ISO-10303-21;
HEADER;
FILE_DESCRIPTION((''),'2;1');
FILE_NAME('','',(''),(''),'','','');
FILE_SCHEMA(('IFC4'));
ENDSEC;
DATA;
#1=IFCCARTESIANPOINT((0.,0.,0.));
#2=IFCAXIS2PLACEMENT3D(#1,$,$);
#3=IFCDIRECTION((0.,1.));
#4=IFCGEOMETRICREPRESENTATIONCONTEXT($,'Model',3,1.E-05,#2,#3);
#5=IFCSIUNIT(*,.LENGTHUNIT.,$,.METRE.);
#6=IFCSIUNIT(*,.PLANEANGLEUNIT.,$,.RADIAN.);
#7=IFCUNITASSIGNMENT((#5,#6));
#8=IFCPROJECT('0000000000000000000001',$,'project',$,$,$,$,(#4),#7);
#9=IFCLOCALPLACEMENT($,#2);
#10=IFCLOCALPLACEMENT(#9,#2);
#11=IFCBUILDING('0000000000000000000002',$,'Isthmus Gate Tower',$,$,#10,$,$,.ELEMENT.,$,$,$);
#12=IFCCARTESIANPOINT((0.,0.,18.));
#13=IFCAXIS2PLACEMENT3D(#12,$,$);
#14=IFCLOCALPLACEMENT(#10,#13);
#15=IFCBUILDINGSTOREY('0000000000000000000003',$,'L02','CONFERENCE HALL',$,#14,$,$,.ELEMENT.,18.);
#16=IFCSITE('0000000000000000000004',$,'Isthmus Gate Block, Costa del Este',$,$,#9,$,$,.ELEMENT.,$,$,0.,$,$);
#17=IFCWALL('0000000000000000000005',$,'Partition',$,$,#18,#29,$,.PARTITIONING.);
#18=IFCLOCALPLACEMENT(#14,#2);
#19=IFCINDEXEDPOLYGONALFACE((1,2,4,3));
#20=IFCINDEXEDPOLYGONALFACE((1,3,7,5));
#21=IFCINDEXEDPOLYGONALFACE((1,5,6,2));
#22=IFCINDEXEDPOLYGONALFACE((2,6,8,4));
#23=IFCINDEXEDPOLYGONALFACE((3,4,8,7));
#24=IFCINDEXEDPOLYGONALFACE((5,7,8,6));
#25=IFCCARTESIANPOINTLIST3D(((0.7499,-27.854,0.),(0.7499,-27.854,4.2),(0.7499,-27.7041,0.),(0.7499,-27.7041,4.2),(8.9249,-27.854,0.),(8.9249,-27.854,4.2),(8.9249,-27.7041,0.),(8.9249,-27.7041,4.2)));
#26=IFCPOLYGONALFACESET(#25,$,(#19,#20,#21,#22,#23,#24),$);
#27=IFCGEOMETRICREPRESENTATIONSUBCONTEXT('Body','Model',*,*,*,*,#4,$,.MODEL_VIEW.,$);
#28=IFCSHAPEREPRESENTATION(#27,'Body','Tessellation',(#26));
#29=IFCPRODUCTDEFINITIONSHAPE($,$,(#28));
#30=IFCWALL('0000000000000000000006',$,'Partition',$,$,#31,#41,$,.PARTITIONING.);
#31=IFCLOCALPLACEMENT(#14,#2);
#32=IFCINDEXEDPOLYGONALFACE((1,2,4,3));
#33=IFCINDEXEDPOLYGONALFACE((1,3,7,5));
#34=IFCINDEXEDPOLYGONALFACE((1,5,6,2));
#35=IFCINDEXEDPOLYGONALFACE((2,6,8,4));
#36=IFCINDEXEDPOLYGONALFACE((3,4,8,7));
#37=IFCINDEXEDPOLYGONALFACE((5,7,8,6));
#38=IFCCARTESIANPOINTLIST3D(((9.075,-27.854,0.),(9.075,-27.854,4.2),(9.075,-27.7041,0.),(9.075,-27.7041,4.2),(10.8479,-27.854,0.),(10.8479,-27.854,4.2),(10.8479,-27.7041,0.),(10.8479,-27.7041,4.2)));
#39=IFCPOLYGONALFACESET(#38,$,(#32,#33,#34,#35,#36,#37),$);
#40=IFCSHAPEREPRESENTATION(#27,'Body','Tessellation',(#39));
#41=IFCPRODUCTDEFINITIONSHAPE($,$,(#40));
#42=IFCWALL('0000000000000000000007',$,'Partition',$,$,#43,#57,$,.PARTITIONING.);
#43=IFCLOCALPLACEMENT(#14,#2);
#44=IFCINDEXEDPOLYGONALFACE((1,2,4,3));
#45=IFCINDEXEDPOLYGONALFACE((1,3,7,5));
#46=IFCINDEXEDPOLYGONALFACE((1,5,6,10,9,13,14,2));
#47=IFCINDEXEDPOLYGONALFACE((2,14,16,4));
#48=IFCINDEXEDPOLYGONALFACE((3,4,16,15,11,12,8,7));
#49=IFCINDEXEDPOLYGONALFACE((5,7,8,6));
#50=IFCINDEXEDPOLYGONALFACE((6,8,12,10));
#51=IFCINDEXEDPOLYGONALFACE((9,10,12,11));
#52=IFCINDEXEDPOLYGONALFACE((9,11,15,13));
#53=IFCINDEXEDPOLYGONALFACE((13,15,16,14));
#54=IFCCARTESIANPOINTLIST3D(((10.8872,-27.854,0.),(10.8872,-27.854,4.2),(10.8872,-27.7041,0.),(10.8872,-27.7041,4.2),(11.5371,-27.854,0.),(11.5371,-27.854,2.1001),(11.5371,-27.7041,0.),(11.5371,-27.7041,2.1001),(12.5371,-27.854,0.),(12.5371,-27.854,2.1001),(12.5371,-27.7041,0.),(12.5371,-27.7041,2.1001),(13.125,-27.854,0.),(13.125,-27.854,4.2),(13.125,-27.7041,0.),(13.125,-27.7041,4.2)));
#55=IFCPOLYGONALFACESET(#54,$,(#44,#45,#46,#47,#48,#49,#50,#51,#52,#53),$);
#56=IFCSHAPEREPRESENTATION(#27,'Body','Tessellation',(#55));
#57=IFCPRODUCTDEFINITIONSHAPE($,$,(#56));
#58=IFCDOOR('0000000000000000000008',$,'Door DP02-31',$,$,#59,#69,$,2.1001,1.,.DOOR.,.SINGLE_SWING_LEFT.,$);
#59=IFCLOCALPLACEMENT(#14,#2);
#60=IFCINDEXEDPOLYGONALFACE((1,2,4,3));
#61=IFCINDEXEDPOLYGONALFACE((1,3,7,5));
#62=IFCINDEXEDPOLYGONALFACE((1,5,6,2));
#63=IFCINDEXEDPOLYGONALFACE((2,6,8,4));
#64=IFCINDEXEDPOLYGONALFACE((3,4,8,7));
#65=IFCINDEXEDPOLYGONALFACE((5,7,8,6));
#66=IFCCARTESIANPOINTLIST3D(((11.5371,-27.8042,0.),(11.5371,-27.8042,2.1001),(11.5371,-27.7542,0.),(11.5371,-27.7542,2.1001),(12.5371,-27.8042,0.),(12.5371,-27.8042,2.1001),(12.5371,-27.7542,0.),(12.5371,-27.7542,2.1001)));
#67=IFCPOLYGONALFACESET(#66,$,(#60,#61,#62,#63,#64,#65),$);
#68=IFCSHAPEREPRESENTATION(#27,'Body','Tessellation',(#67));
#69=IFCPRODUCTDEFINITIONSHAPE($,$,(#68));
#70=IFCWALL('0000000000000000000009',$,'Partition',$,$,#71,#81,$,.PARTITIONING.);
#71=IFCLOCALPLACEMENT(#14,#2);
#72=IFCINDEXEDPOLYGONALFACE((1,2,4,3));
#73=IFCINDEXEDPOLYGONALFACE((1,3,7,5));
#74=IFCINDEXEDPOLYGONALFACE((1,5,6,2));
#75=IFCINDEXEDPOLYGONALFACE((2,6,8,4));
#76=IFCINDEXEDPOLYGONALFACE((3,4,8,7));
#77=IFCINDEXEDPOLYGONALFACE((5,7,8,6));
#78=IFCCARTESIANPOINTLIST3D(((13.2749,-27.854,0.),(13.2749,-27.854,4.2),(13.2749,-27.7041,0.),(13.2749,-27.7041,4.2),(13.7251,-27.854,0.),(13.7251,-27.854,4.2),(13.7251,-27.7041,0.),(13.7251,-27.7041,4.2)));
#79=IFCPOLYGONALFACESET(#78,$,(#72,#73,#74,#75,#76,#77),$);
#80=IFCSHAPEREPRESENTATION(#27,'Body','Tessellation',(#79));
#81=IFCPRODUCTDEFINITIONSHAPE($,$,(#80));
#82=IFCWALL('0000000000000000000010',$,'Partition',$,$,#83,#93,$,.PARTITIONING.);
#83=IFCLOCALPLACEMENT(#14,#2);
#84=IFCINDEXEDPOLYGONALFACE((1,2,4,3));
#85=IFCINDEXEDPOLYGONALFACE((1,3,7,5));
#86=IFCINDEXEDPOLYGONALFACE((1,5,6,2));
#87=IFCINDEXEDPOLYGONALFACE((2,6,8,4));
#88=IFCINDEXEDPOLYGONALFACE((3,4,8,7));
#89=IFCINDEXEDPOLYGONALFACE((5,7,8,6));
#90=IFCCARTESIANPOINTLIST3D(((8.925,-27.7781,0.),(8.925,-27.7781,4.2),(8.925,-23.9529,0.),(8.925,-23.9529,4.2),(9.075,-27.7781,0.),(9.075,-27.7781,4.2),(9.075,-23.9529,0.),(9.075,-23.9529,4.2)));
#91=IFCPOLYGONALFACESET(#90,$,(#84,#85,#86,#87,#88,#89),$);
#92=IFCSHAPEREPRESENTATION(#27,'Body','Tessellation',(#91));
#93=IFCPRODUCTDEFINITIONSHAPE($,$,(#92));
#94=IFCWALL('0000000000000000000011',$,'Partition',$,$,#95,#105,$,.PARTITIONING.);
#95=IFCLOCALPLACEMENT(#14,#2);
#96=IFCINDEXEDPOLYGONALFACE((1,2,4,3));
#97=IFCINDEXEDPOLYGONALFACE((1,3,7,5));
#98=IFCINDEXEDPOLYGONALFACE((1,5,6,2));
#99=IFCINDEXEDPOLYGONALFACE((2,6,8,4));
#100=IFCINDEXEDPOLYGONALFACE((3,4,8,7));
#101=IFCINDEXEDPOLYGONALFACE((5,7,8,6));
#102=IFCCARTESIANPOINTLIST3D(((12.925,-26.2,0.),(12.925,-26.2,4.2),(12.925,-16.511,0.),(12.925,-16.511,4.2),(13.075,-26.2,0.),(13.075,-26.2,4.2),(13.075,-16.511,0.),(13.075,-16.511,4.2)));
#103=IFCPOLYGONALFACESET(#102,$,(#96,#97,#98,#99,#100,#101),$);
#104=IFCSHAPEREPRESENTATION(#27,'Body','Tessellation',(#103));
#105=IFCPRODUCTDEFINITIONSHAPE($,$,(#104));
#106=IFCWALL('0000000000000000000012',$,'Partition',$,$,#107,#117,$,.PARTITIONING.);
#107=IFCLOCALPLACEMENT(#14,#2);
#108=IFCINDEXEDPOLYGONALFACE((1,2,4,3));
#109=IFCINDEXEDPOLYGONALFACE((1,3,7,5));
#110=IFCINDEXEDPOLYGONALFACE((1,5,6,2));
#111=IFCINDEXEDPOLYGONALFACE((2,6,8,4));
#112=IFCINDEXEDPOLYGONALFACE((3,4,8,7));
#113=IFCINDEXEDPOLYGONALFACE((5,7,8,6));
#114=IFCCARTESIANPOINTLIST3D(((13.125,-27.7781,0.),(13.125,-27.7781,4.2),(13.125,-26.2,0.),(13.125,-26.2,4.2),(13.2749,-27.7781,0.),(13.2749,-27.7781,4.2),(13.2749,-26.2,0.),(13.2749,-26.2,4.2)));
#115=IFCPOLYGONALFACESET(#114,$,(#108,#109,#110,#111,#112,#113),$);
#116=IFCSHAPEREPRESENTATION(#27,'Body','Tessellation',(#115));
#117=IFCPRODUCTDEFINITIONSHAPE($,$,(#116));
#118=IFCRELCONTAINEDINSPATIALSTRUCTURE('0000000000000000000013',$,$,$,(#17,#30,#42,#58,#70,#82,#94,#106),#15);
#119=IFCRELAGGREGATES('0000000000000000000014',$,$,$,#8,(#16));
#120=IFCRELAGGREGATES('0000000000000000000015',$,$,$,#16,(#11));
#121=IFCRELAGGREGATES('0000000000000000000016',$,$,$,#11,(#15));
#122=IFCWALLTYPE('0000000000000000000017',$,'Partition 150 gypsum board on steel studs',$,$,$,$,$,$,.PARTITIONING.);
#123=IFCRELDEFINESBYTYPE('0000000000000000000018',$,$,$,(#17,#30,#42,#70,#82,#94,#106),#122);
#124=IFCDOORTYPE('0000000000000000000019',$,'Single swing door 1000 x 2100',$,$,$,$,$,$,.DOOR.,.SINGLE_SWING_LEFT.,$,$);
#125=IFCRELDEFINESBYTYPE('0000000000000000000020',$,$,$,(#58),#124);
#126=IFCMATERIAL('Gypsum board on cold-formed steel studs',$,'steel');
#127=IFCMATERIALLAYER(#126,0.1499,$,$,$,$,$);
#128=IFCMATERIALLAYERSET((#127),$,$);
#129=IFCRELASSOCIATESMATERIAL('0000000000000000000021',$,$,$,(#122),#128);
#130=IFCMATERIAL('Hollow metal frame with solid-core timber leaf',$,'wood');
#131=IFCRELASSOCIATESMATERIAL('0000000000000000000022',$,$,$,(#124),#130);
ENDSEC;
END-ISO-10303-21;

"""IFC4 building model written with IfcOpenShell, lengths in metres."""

from ifc_helpers import new_model, si_unit, direction, frame, frame_2d, origin, place, context, subcontext, project, spatial, rectangle, extrude, material, layer, layer_set, type_object, element, fill, save


model = new_model("IFC4")

# Units and contexts
model_context = context("Model", 3, precision=1e-05, world=origin(), true_north=direction((0.0, 1.0)))
body_context = subcontext(model_context, "Body", "Model", "MODEL_VIEW")
ifc_project = project(units=[si_unit("LENGTHUNIT", "METRE"), si_unit("PLANEANGLEUNIT", "RADIAN")], contexts=[model_context])

# Site, building, storey
site_placement = place(None, origin())
site = spatial("IfcSite", under=ifc_project, at=site_placement, Name="Isthmus Gate Block, Costa del Este", CompositionType="ELEMENT", RefElevation=0.0)
building_placement = place(site_placement, origin())
building = spatial("IfcBuilding", under=site, at=building_placement, Name="Isthmus Gate Tower", CompositionType="ELEMENT")
storey_placement = place(building_placement, frame((0.0, 0.0, 18.0)))
storey = spatial("IfcBuildingStorey", under=building, at=storey_placement, Name="L02", Description="CONFERENCE HALL", CompositionType="ELEMENT", Elevation=18.0)

# Walls
ifc_material_1 = material(Name="Gypsum board on cold-formed steel studs", Category="steel")
ifc_layer_1 = layer(ifc_material_1, 0.1499)
ifc_layer_set_1 = layer_set([ifc_layer_1])
wall_type_1 = type_object("IfcWallType", Name="Partition 150 gypsum board on steel studs", PredefinedType="PARTITIONING", material=ifc_layer_set_1)
wall_1_placement = place(storey_placement, frame((0.75, -27.7791, 0.0), z_axis=(0.0, 0.0, 1.0), x_axis=(1.0, 0.0, 0.0)))
element("IfcWall", 1, at=wall_1_placement, inside=storey, type_object=wall_type_1, Name="Partition", PredefinedType="PARTITIONING", context=body_context, shape_type="SweptSolid", body=[
    extrude(rectangle(XDim=8.175, YDim=0.1499, at=frame_2d((4.0874, 0.0))), origin(), (0.0, 0.0, 1.0), 4.2),
])
wall_2_placement = place(storey_placement, frame((9.075, -27.7791, 0.0), z_axis=(0.0, 0.0, 1.0), x_axis=(1.0, 0.0, 0.0)))
element("IfcWall", 2, at=wall_2_placement, inside=storey, type_object=wall_type_1, Name="Partition", PredefinedType="PARTITIONING", context=body_context, shape_type="SweptSolid", body=[
    extrude(rectangle(XDim=1.7729, YDim=0.1499, at=frame_2d((0.8865, 0.0))), origin(), (0.0, 0.0, 1.0), 4.2),
])

# Wall, opening, door
wall_3_placement = place(storey_placement, frame((10.8872, -27.7791, 0.0), z_axis=(0.0, 0.0, 1.0), x_axis=(1.0, 0.0, 0.0)))
wall_3 = element("IfcWall", 3, at=wall_3_placement, inside=storey, type_object=wall_type_1, Name="Partition", PredefinedType="PARTITIONING", context=body_context, shape_type="SweptSolid", body=[
    extrude(rectangle(XDim=2.2378, YDim=0.1499, at=frame_2d((1.1189, 0.0))), origin(), (0.0, 0.0, 1.0), 4.2),
])
opening_placement = place(wall_3_placement, frame((0.6499, 0.0, 0.0)))
opening = element("IfcOpeningElement", 4, at=opening_placement, cuts=wall_3, PredefinedType="OPENING", context=body_context, shape_type="SweptSolid", body=[
    extrude(rectangle(XDim=1.0, YDim=2.1001, at=frame_2d((0.5, 1.05))), frame((0.0, 0.085, 0.0), z_axis=(0.0, -1.0, 0.0), x_axis=(1.0, 0.0, 0.0)), (0.0, 0.0, 1.0), 0.1699),
])
ifc_material_2 = material(Name="Hollow metal frame with solid-core timber leaf", Category="wood")
door_type = type_object("IfcDoorType", Name="Single swing door 1000 x 2100", OperationType="SINGLE_SWING_LEFT", PredefinedType="DOOR", material=ifc_material_2)
door_placement = place(opening_placement, origin())
door = element("IfcDoor", 5, at=door_placement, inside=storey, type_object=door_type, Name="Door DP02-31", OperationType="SINGLE_SWING_LEFT", OverallHeight=2.1001, OverallWidth=1.0, PredefinedType="DOOR", context=body_context, shape_type="SweptSolid", body=[
    extrude(rectangle(XDim=1.0, YDim=2.1001, at=frame_2d((0.5, 1.05))), frame((0.0, 0.0249, 0.0), z_axis=(0.0, -1.0, 0.0), x_axis=(1.0, 0.0, 0.0)), (0.0, 0.0, 1.0), 0.05),
])
fill(opening, door)

# Walls
wall_4_placement = place(storey_placement, frame((13.2749, -27.7791, 0.0), z_axis=(0.0, 0.0, 1.0), x_axis=(1.0, 0.0, 0.0)))
element("IfcWall", 6, at=wall_4_placement, inside=storey, type_object=wall_type_1, Name="Partition", PredefinedType="PARTITIONING", context=body_context, shape_type="SweptSolid", body=[
    extrude(rectangle(XDim=0.4502, YDim=0.1499, at=frame_2d((0.2251, 0.0))), origin(), (0.0, 0.0, 1.0), 4.2),
])
wall_5_placement = place(storey_placement, frame((9.0, -27.7781, 0.0), z_axis=(0.0, 0.0, 1.0), x_axis=(0.0, 1.0, 0.0)))
element("IfcWall", 7, at=wall_5_placement, inside=storey, type_object=wall_type_1, Name="Partition", PredefinedType="PARTITIONING", context=body_context, shape_type="SweptSolid", body=[
    extrude(rectangle(XDim=3.8252, YDim=0.1499, at=frame_2d((1.9126, 0.0))), origin(), (0.0, 0.0, 1.0), 4.2),
])
wall_6_placement = place(storey_placement, frame((13.0, -26.2, 0.0), z_axis=(0.0, 0.0, 1.0), x_axis=(0.0, 1.0, 0.0)))
element("IfcWall", 8, at=wall_6_placement, inside=storey, type_object=wall_type_1, Name="Partition", PredefinedType="PARTITIONING", context=body_context, shape_type="SweptSolid", body=[
    extrude(rectangle(XDim=9.689, YDim=0.1499, at=frame_2d((4.8445, 0.0))), origin(), (0.0, 0.0, 1.0), 4.2),
])
wall_7_placement = place(storey_placement, frame((13.2, -27.7781, 0.0), z_axis=(0.0, 0.0, 1.0), x_axis=(0.0, 1.0, 0.0)))
element("IfcWall", 9, at=wall_7_placement, inside=storey, type_object=wall_type_1, Name="Partition", PredefinedType="PARTITIONING", context=body_context, shape_type="SweptSolid", body=[
    extrude(rectangle(XDim=1.5781, YDim=0.1499, at=frame_2d((0.7891, 0.0))), origin(), (0.0, 0.0, 1.0), 4.2),
])

save(model, "model.ifc")
